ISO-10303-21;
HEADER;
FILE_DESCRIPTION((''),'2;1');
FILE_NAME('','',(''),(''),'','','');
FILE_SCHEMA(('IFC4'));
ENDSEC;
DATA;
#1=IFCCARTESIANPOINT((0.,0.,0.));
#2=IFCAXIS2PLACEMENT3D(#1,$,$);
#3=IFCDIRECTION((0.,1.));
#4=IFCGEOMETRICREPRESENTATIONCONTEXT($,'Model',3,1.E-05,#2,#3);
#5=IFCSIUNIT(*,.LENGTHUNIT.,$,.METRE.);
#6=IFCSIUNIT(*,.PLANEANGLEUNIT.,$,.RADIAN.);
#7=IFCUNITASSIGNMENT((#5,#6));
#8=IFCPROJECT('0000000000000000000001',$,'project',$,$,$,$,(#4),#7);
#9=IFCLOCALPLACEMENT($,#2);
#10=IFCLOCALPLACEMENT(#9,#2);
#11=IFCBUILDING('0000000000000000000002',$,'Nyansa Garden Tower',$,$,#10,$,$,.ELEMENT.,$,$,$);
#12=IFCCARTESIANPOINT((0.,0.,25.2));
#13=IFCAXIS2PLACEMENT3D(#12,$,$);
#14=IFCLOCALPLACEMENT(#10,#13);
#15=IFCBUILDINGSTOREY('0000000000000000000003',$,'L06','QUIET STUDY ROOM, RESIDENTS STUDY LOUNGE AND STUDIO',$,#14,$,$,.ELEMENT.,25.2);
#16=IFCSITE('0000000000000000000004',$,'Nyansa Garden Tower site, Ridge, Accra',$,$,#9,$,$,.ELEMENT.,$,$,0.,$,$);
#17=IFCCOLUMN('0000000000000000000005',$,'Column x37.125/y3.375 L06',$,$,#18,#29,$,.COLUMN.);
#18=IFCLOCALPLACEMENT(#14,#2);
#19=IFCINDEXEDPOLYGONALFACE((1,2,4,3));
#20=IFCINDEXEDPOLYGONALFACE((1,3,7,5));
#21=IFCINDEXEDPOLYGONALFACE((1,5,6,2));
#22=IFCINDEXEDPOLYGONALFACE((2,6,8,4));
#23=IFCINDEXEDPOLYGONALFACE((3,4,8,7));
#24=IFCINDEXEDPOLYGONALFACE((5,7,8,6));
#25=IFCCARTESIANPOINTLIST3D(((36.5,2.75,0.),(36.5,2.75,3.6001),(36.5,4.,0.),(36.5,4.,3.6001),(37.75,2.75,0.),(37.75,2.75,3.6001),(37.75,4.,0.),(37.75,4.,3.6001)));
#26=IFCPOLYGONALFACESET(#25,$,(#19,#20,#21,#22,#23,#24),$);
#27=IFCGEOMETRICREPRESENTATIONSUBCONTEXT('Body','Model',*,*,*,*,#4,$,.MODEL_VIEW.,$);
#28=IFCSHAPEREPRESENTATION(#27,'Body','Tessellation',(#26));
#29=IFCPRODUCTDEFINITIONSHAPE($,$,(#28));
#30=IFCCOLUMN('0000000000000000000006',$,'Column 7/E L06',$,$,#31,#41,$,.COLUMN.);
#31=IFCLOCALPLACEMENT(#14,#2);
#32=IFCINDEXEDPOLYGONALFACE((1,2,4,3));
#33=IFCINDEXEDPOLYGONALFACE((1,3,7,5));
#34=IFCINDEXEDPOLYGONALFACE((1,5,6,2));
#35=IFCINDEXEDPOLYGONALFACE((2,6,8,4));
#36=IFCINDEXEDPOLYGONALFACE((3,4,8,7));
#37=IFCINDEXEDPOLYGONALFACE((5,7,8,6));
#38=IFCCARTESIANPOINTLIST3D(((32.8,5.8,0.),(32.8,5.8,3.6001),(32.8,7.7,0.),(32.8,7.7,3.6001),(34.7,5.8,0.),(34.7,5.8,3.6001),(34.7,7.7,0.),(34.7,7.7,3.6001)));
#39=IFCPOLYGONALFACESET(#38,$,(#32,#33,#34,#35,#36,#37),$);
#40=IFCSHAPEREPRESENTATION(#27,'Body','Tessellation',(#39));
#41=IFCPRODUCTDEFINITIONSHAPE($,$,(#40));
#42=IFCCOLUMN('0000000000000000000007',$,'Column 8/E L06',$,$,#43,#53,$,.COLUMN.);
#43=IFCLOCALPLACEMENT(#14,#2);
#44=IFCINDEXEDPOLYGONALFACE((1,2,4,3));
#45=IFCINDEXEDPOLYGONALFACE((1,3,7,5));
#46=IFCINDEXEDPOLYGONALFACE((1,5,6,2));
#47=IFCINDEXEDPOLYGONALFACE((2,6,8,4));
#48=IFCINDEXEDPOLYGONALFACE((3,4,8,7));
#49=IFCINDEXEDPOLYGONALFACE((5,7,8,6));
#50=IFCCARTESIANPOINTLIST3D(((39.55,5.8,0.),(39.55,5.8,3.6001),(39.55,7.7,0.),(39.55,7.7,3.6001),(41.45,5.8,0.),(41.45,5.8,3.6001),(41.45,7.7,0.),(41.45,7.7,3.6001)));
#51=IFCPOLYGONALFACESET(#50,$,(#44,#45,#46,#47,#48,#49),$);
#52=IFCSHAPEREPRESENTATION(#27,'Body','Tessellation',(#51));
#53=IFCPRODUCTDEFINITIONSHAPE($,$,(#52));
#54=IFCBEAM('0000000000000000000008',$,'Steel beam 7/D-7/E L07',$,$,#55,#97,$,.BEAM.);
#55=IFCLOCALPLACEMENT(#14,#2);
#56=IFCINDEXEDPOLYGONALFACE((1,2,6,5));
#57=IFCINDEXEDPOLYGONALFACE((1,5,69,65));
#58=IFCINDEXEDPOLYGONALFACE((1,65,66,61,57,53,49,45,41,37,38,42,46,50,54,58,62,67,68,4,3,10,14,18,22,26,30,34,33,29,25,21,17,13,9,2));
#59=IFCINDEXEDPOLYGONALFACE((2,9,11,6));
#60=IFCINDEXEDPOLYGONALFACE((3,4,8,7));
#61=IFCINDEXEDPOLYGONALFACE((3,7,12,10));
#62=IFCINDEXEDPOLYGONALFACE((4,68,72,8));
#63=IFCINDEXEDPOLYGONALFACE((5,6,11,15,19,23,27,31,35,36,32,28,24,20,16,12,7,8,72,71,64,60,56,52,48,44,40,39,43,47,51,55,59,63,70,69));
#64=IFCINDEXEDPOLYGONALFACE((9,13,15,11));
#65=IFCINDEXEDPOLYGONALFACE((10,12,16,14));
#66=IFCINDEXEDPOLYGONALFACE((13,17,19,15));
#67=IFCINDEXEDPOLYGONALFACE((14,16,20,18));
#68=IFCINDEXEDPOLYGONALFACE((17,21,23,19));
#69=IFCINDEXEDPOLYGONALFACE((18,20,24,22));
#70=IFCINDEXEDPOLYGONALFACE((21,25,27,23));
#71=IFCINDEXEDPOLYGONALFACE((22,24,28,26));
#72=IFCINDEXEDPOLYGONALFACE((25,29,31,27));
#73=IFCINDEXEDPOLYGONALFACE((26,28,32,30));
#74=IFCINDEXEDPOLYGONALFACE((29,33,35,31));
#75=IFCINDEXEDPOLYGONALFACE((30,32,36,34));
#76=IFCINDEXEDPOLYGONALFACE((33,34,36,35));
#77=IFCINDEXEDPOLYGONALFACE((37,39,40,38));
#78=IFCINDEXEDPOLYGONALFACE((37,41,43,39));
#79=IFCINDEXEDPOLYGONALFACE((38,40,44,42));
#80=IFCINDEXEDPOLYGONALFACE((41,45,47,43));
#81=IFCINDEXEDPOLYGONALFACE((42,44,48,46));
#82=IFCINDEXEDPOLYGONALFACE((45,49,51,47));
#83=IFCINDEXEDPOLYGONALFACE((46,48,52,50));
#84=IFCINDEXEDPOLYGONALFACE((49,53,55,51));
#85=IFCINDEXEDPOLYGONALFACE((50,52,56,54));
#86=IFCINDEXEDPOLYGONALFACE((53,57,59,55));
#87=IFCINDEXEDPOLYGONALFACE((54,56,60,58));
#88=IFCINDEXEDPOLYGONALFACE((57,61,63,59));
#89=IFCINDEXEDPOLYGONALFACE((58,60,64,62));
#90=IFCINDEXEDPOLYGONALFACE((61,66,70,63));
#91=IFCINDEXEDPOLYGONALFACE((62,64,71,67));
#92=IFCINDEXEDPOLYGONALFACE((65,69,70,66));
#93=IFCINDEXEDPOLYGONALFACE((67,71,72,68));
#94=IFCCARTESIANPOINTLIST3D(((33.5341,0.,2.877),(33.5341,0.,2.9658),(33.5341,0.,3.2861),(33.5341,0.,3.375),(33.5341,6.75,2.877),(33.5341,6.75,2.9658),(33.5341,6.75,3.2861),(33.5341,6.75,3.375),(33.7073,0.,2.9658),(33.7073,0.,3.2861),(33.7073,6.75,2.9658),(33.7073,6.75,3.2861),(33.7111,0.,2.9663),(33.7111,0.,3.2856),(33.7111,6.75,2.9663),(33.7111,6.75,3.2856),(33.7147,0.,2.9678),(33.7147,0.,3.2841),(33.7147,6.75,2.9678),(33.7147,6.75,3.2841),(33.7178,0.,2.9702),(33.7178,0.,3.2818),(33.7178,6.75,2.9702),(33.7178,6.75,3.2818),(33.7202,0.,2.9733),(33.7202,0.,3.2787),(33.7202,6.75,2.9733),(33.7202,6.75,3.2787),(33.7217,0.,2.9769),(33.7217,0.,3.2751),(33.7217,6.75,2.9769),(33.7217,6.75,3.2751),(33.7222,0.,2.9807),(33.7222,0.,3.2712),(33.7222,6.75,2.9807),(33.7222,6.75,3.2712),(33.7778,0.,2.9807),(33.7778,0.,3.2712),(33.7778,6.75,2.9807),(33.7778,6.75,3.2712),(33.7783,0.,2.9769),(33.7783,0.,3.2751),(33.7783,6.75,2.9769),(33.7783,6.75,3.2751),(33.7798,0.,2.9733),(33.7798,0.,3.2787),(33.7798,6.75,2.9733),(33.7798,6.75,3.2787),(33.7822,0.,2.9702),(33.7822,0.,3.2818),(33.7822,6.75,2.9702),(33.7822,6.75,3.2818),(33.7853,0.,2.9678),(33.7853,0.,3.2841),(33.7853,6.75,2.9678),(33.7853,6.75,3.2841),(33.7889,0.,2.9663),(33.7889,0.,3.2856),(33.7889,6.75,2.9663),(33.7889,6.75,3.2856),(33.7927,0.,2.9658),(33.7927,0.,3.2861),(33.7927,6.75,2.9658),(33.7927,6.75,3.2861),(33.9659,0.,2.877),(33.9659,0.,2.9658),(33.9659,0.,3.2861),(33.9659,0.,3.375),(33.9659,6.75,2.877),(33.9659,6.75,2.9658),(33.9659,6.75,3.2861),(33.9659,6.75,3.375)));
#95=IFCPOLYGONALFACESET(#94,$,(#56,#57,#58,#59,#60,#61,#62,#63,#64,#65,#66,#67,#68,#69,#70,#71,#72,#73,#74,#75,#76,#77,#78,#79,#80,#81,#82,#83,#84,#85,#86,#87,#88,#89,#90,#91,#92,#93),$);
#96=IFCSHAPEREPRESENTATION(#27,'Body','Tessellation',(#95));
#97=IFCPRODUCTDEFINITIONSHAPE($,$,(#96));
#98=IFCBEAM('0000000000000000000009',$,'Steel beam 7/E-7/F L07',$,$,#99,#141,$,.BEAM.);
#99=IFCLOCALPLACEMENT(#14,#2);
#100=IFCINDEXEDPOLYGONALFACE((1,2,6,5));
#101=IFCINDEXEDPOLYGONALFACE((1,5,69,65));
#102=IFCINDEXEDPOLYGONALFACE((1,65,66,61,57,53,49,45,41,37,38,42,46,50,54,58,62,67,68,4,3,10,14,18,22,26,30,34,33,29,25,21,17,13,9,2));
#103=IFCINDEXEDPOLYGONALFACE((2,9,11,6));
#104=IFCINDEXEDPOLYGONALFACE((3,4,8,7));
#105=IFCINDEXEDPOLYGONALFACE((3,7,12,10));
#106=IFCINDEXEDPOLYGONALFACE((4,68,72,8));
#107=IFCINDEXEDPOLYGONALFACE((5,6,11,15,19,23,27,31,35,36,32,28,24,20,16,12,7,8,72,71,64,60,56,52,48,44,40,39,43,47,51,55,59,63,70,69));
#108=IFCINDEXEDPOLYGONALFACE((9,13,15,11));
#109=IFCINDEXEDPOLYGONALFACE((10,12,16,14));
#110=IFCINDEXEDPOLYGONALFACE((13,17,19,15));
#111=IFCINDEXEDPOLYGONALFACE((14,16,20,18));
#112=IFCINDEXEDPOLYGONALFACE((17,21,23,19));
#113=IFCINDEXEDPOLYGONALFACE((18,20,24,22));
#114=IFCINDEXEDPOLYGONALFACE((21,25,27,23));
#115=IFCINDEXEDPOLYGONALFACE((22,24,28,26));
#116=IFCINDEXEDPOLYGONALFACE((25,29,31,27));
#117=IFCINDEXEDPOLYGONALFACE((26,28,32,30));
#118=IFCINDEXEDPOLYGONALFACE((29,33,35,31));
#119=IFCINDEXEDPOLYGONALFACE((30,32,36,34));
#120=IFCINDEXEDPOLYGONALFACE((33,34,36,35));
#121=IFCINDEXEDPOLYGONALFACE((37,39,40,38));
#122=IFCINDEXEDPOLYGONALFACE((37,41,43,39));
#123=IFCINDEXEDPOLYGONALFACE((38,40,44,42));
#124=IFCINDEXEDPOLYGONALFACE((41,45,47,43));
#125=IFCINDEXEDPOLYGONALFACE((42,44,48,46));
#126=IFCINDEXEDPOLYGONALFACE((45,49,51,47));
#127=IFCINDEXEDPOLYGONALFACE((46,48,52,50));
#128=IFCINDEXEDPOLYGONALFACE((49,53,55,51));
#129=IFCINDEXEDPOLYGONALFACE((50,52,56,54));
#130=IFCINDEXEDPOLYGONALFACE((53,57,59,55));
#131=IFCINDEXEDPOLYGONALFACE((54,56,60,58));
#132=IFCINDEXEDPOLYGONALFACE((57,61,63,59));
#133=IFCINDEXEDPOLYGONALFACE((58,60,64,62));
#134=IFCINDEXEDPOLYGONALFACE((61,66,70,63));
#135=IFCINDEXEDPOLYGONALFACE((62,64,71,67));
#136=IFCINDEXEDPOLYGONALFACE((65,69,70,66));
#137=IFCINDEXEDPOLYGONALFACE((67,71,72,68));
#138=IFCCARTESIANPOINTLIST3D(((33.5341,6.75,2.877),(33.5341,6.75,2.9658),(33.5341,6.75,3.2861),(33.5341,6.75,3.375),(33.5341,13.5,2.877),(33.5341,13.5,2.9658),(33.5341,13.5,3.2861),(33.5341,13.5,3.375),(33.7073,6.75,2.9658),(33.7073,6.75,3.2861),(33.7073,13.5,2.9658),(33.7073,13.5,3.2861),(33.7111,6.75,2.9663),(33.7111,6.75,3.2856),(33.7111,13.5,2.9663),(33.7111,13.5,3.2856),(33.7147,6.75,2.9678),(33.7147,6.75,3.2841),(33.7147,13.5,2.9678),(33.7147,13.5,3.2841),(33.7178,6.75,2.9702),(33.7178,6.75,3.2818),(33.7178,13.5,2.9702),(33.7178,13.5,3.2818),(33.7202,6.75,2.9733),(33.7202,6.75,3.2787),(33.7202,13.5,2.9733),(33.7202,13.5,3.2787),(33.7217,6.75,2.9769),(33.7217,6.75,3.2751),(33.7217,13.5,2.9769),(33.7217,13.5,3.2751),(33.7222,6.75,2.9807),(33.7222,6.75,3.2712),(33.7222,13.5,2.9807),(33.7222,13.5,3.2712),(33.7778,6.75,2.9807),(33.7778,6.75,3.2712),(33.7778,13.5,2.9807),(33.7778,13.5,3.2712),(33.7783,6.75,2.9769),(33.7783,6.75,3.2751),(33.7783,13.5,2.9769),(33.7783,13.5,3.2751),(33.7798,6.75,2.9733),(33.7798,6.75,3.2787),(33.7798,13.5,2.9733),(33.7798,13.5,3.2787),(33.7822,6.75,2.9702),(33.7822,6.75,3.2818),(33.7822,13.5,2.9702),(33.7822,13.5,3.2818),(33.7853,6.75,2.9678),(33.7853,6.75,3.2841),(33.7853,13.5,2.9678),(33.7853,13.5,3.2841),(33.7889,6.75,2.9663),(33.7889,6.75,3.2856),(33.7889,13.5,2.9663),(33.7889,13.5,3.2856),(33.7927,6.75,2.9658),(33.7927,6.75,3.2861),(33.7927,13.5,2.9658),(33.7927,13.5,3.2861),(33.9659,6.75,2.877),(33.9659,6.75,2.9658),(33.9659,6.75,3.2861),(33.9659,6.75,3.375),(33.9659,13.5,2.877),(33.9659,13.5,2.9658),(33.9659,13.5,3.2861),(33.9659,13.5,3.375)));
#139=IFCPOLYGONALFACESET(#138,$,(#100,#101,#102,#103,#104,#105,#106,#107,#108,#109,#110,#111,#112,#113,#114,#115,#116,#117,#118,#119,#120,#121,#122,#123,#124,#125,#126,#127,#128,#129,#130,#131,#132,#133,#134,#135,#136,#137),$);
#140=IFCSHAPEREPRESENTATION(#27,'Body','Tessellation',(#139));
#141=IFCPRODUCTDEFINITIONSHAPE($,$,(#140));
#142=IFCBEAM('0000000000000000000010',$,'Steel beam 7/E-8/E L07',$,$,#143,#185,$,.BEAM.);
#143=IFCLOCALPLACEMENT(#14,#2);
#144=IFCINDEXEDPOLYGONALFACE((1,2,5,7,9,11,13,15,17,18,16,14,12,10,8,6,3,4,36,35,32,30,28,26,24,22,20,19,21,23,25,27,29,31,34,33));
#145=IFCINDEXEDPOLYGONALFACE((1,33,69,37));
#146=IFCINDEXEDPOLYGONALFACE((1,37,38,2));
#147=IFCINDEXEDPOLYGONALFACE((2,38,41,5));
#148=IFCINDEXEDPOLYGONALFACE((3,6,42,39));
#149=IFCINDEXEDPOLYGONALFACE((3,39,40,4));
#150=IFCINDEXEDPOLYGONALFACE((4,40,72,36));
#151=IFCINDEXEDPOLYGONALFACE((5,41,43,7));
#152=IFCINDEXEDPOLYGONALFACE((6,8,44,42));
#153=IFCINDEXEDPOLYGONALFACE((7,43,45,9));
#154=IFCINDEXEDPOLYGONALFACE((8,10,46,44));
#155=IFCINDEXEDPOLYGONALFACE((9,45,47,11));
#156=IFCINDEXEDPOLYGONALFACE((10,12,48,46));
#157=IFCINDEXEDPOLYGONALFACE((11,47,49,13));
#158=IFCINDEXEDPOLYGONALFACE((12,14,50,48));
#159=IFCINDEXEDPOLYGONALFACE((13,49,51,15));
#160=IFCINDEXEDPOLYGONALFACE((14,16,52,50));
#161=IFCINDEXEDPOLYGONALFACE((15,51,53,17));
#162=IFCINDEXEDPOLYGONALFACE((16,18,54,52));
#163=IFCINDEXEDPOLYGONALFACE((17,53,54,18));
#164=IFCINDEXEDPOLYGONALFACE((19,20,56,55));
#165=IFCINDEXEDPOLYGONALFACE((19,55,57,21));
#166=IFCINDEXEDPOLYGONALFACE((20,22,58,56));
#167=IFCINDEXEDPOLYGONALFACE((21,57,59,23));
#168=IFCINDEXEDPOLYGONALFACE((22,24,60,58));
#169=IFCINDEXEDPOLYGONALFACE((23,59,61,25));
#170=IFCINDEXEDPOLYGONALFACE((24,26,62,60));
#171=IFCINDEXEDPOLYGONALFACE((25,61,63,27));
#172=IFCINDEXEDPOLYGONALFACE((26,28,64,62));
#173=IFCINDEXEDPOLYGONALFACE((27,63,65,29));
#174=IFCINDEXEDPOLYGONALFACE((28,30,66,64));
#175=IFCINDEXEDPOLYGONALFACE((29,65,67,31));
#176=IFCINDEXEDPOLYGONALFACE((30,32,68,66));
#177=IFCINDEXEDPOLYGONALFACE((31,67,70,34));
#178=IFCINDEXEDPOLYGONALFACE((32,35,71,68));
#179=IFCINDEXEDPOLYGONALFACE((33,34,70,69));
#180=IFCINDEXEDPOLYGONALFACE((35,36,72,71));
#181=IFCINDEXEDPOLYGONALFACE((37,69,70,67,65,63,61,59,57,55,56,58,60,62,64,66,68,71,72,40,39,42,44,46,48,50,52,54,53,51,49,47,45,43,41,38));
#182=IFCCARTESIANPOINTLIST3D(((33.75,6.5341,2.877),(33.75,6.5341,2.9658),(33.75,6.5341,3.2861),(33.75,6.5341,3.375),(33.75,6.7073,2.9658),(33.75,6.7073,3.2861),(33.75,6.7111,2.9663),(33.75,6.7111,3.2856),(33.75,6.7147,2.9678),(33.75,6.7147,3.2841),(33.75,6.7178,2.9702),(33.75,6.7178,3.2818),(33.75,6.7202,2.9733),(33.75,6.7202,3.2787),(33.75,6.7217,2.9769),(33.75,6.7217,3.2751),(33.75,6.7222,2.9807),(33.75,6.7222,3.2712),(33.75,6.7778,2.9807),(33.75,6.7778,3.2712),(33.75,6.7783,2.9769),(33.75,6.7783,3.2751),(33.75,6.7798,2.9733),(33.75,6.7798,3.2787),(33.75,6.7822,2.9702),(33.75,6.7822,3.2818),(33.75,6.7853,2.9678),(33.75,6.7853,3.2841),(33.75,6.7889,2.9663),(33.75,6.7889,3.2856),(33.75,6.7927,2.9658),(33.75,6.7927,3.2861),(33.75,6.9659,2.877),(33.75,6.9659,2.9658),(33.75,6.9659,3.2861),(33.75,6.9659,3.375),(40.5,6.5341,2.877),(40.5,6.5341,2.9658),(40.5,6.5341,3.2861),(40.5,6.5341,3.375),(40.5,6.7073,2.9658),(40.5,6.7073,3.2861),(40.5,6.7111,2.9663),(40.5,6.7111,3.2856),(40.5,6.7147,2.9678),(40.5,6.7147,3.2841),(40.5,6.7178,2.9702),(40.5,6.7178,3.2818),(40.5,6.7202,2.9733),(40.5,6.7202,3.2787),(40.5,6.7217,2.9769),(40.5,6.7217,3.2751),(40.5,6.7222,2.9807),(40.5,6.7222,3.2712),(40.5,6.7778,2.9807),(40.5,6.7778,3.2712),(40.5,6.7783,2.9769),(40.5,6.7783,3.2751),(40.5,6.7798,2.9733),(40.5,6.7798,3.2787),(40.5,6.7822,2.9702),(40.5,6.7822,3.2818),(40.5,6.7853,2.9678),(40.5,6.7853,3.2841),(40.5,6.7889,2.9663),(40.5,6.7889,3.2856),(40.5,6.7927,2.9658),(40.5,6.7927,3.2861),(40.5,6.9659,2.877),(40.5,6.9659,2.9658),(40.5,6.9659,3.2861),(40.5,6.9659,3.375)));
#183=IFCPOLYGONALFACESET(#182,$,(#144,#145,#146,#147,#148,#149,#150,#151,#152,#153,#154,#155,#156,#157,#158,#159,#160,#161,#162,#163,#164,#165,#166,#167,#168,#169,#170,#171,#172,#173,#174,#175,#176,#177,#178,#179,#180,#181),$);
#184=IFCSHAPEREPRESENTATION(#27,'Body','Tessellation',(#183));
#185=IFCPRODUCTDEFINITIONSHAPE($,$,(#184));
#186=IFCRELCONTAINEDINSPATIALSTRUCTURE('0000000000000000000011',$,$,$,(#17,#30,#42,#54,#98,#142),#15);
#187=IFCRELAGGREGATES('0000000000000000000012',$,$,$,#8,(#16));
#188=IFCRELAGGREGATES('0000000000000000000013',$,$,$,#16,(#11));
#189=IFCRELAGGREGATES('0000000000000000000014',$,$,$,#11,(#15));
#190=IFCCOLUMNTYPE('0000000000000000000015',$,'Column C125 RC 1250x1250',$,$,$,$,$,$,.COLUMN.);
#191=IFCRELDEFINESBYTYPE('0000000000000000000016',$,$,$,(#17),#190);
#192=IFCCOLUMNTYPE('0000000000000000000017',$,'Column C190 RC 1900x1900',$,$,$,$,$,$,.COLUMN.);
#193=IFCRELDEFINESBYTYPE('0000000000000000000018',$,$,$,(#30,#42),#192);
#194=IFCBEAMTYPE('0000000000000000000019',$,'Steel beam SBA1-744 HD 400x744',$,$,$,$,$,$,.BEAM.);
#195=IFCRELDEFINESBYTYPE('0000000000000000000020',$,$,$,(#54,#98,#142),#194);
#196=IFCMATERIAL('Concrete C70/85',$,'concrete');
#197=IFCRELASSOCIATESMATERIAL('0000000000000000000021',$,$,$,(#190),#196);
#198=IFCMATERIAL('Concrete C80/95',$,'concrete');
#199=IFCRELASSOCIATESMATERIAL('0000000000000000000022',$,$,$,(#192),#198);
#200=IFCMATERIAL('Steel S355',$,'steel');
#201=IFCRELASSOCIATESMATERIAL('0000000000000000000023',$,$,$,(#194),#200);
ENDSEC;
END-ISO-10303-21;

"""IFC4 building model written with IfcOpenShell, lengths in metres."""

from ifc_helpers import new_model, si_unit, direction, frame, origin, origin_2d, place, context, subcontext, project, spatial, rectangle, i_section, extrude, material, material_profile, profile_set, type_object, element, save


model = new_model("IFC4")

# Units and contexts
model_context = context("Model", 3, precision=1e-05, world=origin(), true_north=direction((0.0, 1.0)))
body_context = subcontext(model_context, "Body", "Model", "MODEL_VIEW")
ifc_project = project(units=[si_unit("LENGTHUNIT", "METRE"), si_unit("PLANEANGLEUNIT", "RADIAN")], contexts=[model_context])

# Site, building, storey
site_placement = place(None, origin())
site = spatial("IfcSite", under=ifc_project, at=site_placement, Name="Nyansa Garden Tower site, Ridge, Accra", CompositionType="ELEMENT", RefElevation=0.0)
building_placement = place(site_placement, origin())
building = spatial("IfcBuilding", under=site, at=building_placement, Name="Nyansa Garden Tower", CompositionType="ELEMENT")
storey_placement = place(building_placement, frame((0.0, 0.0, 25.2)))
storey = spatial("IfcBuildingStorey", under=building, at=storey_placement, Name="L06", Description="QUIET STUDY ROOM, RESIDENTS STUDY LOUNGE AND STUDIO", CompositionType="ELEMENT", Elevation=25.2)

# Columns
ifc_material_1 = material(Name="Concrete C70/85", Category="concrete")
ifc_material_profile_1 = material_profile(ifc_material_1, rectangle(XDim=1.25, YDim=1.25, at=origin_2d()), Name="RC 1250x1250")
ifc_profile_set_1 = profile_set([ifc_material_profile_1], Name="Concrete C70/85")
column_type_1 = type_object("IfcColumnType", Name="Column C125 RC 1250x1250", PredefinedType="COLUMN", material=ifc_profile_set_1)
column_placement = place(storey_placement, frame((37.125, 3.375, 0.0), z_axis=(0.0, 0.0, 1.0), x_axis=(1.0, 0.0, 0.0)))
element("IfcColumn", 1, at=column_placement, inside=storey, type_object=column_type_1, Name="Column x37.125/y3.375 L06", PredefinedType="COLUMN", context=body_context, shape_type="SweptSolid", body=[
    extrude(rectangle(XDim=1.25, YDim=1.25, at=origin_2d()), origin(), (0.0, 0.0, 1.0), 3.6001),
])
ifc_material_2 = material(Name="Concrete C80/95", Category="concrete")
ifc_material_profile_2 = material_profile(ifc_material_2, rectangle(XDim=1.8999, YDim=1.8999, at=origin_2d()), Name="RC 1900x1900")
ifc_profile_set_2 = profile_set([ifc_material_profile_2], Name="Concrete C80/95")
column_type_2 = type_object("IfcColumnType", Name="Column C190 RC 1900x1900", PredefinedType="COLUMN", material=ifc_profile_set_2)
for number, where, z_axis, x_axis, name in (
    (2, (33.75, 6.75, 0.0), (0.0, 0.0, 1.0), (1.0, 0.0, 0.0), "Column 7/E L06"),
    (3, (40.5, 6.75, 0.0), (0.0, 0.0, 1.0), (1.0, 0.0, 0.0), "Column 8/E L06"),
):
    element("IfcColumn", number, at=place(storey_placement, frame(where, z_axis=z_axis, x_axis=x_axis)), inside=storey, type_object=column_type_2, Name=name, PredefinedType="COLUMN", context=body_context, shape_type="SweptSolid", body=[
        extrude(rectangle(XDim=1.8999, YDim=1.8999, at=origin_2d()), origin(), (0.0, 0.0, 1.0), 3.6001),
    ])

# Beams
ifc_material_3 = material(Name="Steel S355", Category="steel")
ifc_material_profile_3 = material_profile(ifc_material_3, i_section(OverallWidth=0.4319, OverallDepth=0.498, WebThickness=0.0557, FlangeThickness=0.0889, FilletRadius=0.0149, at=origin_2d()), Name="HD 400x744")
ifc_profile_set_3 = profile_set([ifc_material_profile_3], Name="Steel S355")
beam_type_1 = type_object("IfcBeamType", Name="Steel beam SBA1-744 HD 400x744", PredefinedType="BEAM", material=ifc_profile_set_3)
for number, where, z_axis, x_axis, name in (
    (4, (33.75, 0.0, 3.126), (0.0, 1.0, 0.0), (-1.0, 0.0, 0.0), "Steel beam 7/D-7/E L07"),
    (5, (33.75, 6.75, 3.126), (0.0, 1.0, 0.0), (-1.0, 0.0, 0.0), "Steel beam 7/E-7/F L07"),
    (6, (33.75, 6.75, 3.126), (1.0, 0.0, 0.0), (0.0, 1.0, 0.0), "Steel beam 7/E-8/E L07"),
):
    element("IfcBeam", number, at=place(storey_placement, frame(where, z_axis=z_axis, x_axis=x_axis)), inside=storey, type_object=beam_type_1, Name=name, PredefinedType="BEAM", context=body_context, shape_type="SweptSolid", body=[
        extrude(i_section(OverallWidth=0.4319, OverallDepth=0.498, WebThickness=0.0557, FlangeThickness=0.0889, FilletRadius=0.0149, at=origin_2d()), origin(), (0.0, 0.0, 1.0), 6.75),
    ])

save(model, "model.ifc")
